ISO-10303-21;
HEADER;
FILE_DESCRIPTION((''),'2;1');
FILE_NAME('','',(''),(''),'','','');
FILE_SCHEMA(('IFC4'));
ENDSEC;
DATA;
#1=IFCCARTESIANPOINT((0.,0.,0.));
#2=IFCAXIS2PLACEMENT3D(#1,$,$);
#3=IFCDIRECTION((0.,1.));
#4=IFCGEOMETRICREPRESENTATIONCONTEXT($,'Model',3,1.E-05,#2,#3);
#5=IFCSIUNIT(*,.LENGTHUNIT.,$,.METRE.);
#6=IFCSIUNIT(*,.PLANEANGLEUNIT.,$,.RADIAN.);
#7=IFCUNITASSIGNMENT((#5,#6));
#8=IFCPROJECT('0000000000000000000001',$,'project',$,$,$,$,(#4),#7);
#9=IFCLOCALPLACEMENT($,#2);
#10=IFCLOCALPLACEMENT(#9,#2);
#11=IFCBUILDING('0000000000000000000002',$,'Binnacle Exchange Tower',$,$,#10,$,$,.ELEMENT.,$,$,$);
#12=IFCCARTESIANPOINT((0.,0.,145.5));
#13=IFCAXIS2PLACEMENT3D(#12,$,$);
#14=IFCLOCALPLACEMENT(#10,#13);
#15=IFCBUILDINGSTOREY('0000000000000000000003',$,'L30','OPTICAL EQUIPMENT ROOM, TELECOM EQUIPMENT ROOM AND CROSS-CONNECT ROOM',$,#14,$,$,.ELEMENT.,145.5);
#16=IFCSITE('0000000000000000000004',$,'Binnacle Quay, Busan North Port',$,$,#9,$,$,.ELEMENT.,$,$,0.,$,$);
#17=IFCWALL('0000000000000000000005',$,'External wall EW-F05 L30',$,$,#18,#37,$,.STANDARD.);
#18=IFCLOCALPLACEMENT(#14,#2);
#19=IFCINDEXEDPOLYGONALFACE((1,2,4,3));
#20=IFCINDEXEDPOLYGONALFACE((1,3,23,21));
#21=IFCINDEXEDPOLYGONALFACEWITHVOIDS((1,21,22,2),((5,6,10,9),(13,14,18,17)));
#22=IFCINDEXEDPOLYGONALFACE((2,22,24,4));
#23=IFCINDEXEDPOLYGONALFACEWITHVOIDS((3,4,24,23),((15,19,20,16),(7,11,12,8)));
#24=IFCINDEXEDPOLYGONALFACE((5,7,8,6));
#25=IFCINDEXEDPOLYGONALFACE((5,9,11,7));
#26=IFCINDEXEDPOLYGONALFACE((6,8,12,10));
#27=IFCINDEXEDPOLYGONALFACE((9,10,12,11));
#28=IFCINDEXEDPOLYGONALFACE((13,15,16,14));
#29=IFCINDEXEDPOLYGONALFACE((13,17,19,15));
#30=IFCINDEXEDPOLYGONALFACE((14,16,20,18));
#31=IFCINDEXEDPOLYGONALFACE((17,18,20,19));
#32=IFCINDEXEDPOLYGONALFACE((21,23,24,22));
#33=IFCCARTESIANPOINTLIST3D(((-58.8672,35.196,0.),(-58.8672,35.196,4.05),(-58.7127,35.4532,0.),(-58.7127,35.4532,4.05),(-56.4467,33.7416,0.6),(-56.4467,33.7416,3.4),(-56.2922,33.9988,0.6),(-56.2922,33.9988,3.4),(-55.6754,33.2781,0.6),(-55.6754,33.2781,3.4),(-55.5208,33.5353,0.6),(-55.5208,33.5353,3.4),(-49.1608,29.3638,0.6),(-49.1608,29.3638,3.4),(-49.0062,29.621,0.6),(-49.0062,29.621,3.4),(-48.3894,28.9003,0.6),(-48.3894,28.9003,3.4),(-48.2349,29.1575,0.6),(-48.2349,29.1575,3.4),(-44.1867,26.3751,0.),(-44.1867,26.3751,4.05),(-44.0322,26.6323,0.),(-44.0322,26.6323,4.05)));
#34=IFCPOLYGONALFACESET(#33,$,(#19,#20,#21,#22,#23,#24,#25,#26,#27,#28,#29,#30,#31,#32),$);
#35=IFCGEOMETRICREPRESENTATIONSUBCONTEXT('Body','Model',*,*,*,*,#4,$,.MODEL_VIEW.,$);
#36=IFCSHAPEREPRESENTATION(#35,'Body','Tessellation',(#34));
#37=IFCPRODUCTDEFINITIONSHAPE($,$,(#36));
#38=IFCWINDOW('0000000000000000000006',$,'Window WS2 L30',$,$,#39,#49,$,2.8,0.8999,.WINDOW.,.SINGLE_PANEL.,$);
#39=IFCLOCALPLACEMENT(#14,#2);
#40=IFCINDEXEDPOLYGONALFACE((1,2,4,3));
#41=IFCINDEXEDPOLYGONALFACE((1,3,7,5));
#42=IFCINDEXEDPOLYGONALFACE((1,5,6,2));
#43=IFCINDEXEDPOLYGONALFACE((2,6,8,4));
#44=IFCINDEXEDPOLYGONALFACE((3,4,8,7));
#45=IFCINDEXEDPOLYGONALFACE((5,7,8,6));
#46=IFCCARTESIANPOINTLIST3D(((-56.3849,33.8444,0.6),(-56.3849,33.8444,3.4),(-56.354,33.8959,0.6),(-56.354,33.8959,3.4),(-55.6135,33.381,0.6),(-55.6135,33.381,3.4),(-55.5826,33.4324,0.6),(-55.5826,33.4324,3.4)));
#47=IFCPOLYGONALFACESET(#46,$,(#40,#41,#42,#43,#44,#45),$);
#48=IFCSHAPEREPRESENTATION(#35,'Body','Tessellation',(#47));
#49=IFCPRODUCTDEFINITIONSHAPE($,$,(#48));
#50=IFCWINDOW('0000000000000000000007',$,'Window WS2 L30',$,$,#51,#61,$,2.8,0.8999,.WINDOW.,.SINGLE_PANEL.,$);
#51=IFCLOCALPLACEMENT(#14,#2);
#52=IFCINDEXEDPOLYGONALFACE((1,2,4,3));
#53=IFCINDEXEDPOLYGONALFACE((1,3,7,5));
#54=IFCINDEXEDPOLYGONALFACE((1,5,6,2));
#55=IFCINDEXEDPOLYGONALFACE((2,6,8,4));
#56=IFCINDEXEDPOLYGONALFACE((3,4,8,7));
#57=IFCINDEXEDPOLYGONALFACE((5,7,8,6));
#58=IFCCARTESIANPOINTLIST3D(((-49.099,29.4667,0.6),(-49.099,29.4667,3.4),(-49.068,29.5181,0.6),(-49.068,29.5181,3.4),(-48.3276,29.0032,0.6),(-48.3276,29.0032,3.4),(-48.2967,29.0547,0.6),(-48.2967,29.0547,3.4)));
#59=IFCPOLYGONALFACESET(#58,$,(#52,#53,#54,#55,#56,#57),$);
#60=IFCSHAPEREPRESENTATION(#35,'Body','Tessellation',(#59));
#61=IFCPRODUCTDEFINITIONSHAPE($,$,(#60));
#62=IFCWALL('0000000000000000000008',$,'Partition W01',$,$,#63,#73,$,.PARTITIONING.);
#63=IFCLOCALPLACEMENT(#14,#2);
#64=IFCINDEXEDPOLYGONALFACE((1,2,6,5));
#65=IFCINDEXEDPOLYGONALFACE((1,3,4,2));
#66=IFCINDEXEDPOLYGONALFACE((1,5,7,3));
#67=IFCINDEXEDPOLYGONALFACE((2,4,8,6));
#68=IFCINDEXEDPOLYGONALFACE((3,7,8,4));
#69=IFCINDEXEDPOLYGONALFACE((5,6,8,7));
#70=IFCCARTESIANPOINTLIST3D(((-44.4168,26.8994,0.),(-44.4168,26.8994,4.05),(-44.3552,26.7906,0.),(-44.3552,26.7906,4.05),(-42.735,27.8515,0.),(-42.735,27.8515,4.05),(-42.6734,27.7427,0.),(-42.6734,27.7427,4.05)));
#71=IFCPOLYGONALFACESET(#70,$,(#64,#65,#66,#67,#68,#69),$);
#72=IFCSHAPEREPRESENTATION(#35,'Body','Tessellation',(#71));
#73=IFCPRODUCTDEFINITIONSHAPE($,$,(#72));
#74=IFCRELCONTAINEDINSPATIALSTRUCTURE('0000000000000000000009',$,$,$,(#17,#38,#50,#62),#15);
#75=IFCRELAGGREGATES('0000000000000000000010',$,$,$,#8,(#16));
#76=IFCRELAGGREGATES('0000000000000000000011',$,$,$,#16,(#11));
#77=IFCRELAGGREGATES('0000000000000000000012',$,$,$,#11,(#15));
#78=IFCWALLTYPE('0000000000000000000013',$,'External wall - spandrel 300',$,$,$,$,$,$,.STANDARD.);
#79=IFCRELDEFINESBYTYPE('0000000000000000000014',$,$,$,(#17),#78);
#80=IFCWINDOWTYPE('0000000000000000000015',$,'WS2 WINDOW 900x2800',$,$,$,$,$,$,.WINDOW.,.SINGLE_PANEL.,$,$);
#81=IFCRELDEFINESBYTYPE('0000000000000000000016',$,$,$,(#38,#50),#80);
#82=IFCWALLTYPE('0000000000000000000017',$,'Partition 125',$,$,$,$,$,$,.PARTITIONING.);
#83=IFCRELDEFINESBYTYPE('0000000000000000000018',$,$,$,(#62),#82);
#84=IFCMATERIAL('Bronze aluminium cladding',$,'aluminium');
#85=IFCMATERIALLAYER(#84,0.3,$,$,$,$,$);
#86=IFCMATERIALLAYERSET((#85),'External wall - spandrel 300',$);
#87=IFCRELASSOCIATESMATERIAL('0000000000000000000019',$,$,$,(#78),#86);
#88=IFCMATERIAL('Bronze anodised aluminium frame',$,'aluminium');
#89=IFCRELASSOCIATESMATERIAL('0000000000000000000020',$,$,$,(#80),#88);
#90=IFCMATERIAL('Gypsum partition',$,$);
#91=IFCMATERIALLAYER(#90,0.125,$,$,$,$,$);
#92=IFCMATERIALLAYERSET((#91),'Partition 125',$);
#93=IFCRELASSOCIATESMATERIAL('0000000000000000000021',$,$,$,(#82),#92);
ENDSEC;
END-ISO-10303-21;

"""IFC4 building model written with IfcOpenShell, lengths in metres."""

from ifc_helpers import new_model, si_unit, direction, frame, frame_2d, origin, place, context, subcontext, project, spatial, rectangle, extrude, material, layer, layer_set, type_object, element, fill, save


model = new_model("IFC4")

# Units and contexts
model_context = context("Model", 3, precision=1e-05, world=origin(), true_north=direction((0.0, 1.0)))
body_context = subcontext(model_context, "Body", "Model", "MODEL_VIEW")
ifc_project = project(units=[si_unit("LENGTHUNIT", "METRE"), si_unit("PLANEANGLEUNIT", "RADIAN")], contexts=[model_context])

# Site, building, storey
site_placement = place(None, origin())
site = spatial("IfcSite", under=ifc_project, at=site_placement, Name="Binnacle Quay, Busan North Port", CompositionType="ELEMENT", RefElevation=0.0)
building_placement = place(site_placement, origin())
building = spatial("IfcBuilding", under=site, at=building_placement, Name="Binnacle Exchange Tower", CompositionType="ELEMENT")
storey_placement = place(building_placement, frame((0.0, 0.0, 145.5)))
storey = spatial("IfcBuildingStorey", under=building, at=storey_placement, Name="L30", Description="OPTICAL EQUIPMENT ROOM, TELECOM EQUIPMENT ROOM AND CROSS-CONNECT ROOM", CompositionType="ELEMENT", Elevation=145.5)

# Shared definitions
ifc_material_1 = material(Name="Bronze aluminium cladding", Category="aluminium")
ifc_layer_1 = layer(ifc_material_1, 0.3)
ifc_layer_set_1 = layer_set([ifc_layer_1], Name="External wall - spandrel 300")
wall_type_1 = type_object("IfcWallType", Name="External wall - spandrel 300", PredefinedType="STANDARD", material=ifc_layer_set_1)
ifc_material_2 = material(Name="Bronze anodised aluminium frame", Category="aluminium")
window_type = type_object("IfcWindowType", Name="WS2 WINDOW 900x2800", PartitioningType="SINGLE_PANEL", PredefinedType="WINDOW", material=ifc_material_2)

# Wall, openings, windows
wall_1_placement = place(storey_placement, frame((-44.1094, 26.5037, 0.0), z_axis=(0.0, 0.0, 1.0), x_axis=(-0.85717, 0.515034, 0.0)))
wall_1 = element("IfcWall", 1, at=wall_1_placement, inside=storey, type_object=wall_type_1, Name="External wall EW-F05 L30", PredefinedType="STANDARD", context=body_context, shape_type="SweptSolid", body=[
    extrude(rectangle(XDim=17.1267, YDim=0.3, at=frame_2d((8.5635, 0.0))), origin(), (0.0, 0.0, 1.0), 4.05),
])
opening_1_placement = place(wall_1_placement, frame((13.4031, 0.0, 0.6001)))
opening_1 = element("IfcOpeningElement", 2, at=opening_1_placement, cuts=wall_1, PredefinedType="OPENING", context=body_context, shape_type="SweptSolid", body=[
    extrude(rectangle(XDim=0.8999, YDim=2.8, at=frame_2d((0.45, 1.3999))), frame((0.0, 0.1599, 0.0), z_axis=(0.0, -1.0, 0.0), x_axis=(1.0, 0.0, 0.0)), (0.0, 0.0, 1.0), 0.3201),
])
opening_2_placement = place(wall_1_placement, frame((4.9031, 0.0, 0.6001)))
opening_2 = element("IfcOpeningElement", 3, at=opening_2_placement, cuts=wall_1, PredefinedType="OPENING", context=body_context, shape_type="SweptSolid", body=[
    extrude(rectangle(XDim=0.8999, YDim=2.8, at=frame_2d((0.45, 1.3999))), frame((0.0, 0.1599, 0.0), z_axis=(0.0, -1.0, 0.0), x_axis=(1.0, 0.0, 0.0)), (0.0, 0.0, 1.0), 0.3201),
])
window_1_placement = place(opening_1_placement, origin())
window_1 = element("IfcWindow", 4, at=window_1_placement, inside=storey, type_object=window_type, Name="Window WS2 L30", OverallHeight=2.8, OverallWidth=0.8999, PartitioningType="SINGLE_PANEL", PredefinedType="WINDOW", context=body_context, shape_type="SweptSolid", body=[
    extrude(rectangle(XDim=0.8999, YDim=2.8, at=frame_2d((0.45, 1.3999))), frame((0.0, 0.03, 0.0), z_axis=(0.0, -1.0, 0.0), x_axis=(1.0, 0.0, 0.0)), (0.0, 0.0, 1.0), 0.0601),
])
fill(opening_1, window_1)
window_2_placement = place(opening_2_placement, origin())
window_2 = element("IfcWindow", 5, at=window_2_placement, inside=storey, type_object=window_type, Name="Window WS2 L30", OverallHeight=2.8, OverallWidth=0.8999, PartitioningType="SINGLE_PANEL", PredefinedType="WINDOW", context=body_context, shape_type="SweptSolid", body=[
    extrude(rectangle(XDim=0.8999, YDim=2.8, at=frame_2d((0.45, 1.3999))), frame((0.0, 0.03, 0.0), z_axis=(0.0, -1.0, 0.0), x_axis=(1.0, 0.0, 0.0)), (0.0, 0.0, 1.0), 0.0601),
])
fill(opening_2, window_2)

# Wall
ifc_material_3 = material(Name="Gypsum partition")
ifc_layer_2 = layer(ifc_material_3, 0.125)
ifc_layer_set_2 = layer_set([ifc_layer_2], Name="Partition 125")
wall_type_2 = type_object("IfcWallType", Name="Partition 125", PredefinedType="PARTITIONING", material=ifc_layer_set_2)
wall_2_placement = place(storey_placement, frame((-44.386, 26.845, 0.0), z_axis=(0.0, 0.0, 1.0), x_axis=(0.870226, 0.492652, 0.0)))
element("IfcWall", 6, at=wall_2_placement, inside=storey, type_object=wall_type_2, Name="Partition W01", PredefinedType="PARTITIONING", context=body_context, shape_type="SweptSolid", body=[
    extrude(rectangle(XDim=1.9326, YDim=0.125, at=frame_2d((0.9663, 0.0))), origin(), (0.0, 0.0, 1.0), 4.05),
])

save(model, "model.ifc")
